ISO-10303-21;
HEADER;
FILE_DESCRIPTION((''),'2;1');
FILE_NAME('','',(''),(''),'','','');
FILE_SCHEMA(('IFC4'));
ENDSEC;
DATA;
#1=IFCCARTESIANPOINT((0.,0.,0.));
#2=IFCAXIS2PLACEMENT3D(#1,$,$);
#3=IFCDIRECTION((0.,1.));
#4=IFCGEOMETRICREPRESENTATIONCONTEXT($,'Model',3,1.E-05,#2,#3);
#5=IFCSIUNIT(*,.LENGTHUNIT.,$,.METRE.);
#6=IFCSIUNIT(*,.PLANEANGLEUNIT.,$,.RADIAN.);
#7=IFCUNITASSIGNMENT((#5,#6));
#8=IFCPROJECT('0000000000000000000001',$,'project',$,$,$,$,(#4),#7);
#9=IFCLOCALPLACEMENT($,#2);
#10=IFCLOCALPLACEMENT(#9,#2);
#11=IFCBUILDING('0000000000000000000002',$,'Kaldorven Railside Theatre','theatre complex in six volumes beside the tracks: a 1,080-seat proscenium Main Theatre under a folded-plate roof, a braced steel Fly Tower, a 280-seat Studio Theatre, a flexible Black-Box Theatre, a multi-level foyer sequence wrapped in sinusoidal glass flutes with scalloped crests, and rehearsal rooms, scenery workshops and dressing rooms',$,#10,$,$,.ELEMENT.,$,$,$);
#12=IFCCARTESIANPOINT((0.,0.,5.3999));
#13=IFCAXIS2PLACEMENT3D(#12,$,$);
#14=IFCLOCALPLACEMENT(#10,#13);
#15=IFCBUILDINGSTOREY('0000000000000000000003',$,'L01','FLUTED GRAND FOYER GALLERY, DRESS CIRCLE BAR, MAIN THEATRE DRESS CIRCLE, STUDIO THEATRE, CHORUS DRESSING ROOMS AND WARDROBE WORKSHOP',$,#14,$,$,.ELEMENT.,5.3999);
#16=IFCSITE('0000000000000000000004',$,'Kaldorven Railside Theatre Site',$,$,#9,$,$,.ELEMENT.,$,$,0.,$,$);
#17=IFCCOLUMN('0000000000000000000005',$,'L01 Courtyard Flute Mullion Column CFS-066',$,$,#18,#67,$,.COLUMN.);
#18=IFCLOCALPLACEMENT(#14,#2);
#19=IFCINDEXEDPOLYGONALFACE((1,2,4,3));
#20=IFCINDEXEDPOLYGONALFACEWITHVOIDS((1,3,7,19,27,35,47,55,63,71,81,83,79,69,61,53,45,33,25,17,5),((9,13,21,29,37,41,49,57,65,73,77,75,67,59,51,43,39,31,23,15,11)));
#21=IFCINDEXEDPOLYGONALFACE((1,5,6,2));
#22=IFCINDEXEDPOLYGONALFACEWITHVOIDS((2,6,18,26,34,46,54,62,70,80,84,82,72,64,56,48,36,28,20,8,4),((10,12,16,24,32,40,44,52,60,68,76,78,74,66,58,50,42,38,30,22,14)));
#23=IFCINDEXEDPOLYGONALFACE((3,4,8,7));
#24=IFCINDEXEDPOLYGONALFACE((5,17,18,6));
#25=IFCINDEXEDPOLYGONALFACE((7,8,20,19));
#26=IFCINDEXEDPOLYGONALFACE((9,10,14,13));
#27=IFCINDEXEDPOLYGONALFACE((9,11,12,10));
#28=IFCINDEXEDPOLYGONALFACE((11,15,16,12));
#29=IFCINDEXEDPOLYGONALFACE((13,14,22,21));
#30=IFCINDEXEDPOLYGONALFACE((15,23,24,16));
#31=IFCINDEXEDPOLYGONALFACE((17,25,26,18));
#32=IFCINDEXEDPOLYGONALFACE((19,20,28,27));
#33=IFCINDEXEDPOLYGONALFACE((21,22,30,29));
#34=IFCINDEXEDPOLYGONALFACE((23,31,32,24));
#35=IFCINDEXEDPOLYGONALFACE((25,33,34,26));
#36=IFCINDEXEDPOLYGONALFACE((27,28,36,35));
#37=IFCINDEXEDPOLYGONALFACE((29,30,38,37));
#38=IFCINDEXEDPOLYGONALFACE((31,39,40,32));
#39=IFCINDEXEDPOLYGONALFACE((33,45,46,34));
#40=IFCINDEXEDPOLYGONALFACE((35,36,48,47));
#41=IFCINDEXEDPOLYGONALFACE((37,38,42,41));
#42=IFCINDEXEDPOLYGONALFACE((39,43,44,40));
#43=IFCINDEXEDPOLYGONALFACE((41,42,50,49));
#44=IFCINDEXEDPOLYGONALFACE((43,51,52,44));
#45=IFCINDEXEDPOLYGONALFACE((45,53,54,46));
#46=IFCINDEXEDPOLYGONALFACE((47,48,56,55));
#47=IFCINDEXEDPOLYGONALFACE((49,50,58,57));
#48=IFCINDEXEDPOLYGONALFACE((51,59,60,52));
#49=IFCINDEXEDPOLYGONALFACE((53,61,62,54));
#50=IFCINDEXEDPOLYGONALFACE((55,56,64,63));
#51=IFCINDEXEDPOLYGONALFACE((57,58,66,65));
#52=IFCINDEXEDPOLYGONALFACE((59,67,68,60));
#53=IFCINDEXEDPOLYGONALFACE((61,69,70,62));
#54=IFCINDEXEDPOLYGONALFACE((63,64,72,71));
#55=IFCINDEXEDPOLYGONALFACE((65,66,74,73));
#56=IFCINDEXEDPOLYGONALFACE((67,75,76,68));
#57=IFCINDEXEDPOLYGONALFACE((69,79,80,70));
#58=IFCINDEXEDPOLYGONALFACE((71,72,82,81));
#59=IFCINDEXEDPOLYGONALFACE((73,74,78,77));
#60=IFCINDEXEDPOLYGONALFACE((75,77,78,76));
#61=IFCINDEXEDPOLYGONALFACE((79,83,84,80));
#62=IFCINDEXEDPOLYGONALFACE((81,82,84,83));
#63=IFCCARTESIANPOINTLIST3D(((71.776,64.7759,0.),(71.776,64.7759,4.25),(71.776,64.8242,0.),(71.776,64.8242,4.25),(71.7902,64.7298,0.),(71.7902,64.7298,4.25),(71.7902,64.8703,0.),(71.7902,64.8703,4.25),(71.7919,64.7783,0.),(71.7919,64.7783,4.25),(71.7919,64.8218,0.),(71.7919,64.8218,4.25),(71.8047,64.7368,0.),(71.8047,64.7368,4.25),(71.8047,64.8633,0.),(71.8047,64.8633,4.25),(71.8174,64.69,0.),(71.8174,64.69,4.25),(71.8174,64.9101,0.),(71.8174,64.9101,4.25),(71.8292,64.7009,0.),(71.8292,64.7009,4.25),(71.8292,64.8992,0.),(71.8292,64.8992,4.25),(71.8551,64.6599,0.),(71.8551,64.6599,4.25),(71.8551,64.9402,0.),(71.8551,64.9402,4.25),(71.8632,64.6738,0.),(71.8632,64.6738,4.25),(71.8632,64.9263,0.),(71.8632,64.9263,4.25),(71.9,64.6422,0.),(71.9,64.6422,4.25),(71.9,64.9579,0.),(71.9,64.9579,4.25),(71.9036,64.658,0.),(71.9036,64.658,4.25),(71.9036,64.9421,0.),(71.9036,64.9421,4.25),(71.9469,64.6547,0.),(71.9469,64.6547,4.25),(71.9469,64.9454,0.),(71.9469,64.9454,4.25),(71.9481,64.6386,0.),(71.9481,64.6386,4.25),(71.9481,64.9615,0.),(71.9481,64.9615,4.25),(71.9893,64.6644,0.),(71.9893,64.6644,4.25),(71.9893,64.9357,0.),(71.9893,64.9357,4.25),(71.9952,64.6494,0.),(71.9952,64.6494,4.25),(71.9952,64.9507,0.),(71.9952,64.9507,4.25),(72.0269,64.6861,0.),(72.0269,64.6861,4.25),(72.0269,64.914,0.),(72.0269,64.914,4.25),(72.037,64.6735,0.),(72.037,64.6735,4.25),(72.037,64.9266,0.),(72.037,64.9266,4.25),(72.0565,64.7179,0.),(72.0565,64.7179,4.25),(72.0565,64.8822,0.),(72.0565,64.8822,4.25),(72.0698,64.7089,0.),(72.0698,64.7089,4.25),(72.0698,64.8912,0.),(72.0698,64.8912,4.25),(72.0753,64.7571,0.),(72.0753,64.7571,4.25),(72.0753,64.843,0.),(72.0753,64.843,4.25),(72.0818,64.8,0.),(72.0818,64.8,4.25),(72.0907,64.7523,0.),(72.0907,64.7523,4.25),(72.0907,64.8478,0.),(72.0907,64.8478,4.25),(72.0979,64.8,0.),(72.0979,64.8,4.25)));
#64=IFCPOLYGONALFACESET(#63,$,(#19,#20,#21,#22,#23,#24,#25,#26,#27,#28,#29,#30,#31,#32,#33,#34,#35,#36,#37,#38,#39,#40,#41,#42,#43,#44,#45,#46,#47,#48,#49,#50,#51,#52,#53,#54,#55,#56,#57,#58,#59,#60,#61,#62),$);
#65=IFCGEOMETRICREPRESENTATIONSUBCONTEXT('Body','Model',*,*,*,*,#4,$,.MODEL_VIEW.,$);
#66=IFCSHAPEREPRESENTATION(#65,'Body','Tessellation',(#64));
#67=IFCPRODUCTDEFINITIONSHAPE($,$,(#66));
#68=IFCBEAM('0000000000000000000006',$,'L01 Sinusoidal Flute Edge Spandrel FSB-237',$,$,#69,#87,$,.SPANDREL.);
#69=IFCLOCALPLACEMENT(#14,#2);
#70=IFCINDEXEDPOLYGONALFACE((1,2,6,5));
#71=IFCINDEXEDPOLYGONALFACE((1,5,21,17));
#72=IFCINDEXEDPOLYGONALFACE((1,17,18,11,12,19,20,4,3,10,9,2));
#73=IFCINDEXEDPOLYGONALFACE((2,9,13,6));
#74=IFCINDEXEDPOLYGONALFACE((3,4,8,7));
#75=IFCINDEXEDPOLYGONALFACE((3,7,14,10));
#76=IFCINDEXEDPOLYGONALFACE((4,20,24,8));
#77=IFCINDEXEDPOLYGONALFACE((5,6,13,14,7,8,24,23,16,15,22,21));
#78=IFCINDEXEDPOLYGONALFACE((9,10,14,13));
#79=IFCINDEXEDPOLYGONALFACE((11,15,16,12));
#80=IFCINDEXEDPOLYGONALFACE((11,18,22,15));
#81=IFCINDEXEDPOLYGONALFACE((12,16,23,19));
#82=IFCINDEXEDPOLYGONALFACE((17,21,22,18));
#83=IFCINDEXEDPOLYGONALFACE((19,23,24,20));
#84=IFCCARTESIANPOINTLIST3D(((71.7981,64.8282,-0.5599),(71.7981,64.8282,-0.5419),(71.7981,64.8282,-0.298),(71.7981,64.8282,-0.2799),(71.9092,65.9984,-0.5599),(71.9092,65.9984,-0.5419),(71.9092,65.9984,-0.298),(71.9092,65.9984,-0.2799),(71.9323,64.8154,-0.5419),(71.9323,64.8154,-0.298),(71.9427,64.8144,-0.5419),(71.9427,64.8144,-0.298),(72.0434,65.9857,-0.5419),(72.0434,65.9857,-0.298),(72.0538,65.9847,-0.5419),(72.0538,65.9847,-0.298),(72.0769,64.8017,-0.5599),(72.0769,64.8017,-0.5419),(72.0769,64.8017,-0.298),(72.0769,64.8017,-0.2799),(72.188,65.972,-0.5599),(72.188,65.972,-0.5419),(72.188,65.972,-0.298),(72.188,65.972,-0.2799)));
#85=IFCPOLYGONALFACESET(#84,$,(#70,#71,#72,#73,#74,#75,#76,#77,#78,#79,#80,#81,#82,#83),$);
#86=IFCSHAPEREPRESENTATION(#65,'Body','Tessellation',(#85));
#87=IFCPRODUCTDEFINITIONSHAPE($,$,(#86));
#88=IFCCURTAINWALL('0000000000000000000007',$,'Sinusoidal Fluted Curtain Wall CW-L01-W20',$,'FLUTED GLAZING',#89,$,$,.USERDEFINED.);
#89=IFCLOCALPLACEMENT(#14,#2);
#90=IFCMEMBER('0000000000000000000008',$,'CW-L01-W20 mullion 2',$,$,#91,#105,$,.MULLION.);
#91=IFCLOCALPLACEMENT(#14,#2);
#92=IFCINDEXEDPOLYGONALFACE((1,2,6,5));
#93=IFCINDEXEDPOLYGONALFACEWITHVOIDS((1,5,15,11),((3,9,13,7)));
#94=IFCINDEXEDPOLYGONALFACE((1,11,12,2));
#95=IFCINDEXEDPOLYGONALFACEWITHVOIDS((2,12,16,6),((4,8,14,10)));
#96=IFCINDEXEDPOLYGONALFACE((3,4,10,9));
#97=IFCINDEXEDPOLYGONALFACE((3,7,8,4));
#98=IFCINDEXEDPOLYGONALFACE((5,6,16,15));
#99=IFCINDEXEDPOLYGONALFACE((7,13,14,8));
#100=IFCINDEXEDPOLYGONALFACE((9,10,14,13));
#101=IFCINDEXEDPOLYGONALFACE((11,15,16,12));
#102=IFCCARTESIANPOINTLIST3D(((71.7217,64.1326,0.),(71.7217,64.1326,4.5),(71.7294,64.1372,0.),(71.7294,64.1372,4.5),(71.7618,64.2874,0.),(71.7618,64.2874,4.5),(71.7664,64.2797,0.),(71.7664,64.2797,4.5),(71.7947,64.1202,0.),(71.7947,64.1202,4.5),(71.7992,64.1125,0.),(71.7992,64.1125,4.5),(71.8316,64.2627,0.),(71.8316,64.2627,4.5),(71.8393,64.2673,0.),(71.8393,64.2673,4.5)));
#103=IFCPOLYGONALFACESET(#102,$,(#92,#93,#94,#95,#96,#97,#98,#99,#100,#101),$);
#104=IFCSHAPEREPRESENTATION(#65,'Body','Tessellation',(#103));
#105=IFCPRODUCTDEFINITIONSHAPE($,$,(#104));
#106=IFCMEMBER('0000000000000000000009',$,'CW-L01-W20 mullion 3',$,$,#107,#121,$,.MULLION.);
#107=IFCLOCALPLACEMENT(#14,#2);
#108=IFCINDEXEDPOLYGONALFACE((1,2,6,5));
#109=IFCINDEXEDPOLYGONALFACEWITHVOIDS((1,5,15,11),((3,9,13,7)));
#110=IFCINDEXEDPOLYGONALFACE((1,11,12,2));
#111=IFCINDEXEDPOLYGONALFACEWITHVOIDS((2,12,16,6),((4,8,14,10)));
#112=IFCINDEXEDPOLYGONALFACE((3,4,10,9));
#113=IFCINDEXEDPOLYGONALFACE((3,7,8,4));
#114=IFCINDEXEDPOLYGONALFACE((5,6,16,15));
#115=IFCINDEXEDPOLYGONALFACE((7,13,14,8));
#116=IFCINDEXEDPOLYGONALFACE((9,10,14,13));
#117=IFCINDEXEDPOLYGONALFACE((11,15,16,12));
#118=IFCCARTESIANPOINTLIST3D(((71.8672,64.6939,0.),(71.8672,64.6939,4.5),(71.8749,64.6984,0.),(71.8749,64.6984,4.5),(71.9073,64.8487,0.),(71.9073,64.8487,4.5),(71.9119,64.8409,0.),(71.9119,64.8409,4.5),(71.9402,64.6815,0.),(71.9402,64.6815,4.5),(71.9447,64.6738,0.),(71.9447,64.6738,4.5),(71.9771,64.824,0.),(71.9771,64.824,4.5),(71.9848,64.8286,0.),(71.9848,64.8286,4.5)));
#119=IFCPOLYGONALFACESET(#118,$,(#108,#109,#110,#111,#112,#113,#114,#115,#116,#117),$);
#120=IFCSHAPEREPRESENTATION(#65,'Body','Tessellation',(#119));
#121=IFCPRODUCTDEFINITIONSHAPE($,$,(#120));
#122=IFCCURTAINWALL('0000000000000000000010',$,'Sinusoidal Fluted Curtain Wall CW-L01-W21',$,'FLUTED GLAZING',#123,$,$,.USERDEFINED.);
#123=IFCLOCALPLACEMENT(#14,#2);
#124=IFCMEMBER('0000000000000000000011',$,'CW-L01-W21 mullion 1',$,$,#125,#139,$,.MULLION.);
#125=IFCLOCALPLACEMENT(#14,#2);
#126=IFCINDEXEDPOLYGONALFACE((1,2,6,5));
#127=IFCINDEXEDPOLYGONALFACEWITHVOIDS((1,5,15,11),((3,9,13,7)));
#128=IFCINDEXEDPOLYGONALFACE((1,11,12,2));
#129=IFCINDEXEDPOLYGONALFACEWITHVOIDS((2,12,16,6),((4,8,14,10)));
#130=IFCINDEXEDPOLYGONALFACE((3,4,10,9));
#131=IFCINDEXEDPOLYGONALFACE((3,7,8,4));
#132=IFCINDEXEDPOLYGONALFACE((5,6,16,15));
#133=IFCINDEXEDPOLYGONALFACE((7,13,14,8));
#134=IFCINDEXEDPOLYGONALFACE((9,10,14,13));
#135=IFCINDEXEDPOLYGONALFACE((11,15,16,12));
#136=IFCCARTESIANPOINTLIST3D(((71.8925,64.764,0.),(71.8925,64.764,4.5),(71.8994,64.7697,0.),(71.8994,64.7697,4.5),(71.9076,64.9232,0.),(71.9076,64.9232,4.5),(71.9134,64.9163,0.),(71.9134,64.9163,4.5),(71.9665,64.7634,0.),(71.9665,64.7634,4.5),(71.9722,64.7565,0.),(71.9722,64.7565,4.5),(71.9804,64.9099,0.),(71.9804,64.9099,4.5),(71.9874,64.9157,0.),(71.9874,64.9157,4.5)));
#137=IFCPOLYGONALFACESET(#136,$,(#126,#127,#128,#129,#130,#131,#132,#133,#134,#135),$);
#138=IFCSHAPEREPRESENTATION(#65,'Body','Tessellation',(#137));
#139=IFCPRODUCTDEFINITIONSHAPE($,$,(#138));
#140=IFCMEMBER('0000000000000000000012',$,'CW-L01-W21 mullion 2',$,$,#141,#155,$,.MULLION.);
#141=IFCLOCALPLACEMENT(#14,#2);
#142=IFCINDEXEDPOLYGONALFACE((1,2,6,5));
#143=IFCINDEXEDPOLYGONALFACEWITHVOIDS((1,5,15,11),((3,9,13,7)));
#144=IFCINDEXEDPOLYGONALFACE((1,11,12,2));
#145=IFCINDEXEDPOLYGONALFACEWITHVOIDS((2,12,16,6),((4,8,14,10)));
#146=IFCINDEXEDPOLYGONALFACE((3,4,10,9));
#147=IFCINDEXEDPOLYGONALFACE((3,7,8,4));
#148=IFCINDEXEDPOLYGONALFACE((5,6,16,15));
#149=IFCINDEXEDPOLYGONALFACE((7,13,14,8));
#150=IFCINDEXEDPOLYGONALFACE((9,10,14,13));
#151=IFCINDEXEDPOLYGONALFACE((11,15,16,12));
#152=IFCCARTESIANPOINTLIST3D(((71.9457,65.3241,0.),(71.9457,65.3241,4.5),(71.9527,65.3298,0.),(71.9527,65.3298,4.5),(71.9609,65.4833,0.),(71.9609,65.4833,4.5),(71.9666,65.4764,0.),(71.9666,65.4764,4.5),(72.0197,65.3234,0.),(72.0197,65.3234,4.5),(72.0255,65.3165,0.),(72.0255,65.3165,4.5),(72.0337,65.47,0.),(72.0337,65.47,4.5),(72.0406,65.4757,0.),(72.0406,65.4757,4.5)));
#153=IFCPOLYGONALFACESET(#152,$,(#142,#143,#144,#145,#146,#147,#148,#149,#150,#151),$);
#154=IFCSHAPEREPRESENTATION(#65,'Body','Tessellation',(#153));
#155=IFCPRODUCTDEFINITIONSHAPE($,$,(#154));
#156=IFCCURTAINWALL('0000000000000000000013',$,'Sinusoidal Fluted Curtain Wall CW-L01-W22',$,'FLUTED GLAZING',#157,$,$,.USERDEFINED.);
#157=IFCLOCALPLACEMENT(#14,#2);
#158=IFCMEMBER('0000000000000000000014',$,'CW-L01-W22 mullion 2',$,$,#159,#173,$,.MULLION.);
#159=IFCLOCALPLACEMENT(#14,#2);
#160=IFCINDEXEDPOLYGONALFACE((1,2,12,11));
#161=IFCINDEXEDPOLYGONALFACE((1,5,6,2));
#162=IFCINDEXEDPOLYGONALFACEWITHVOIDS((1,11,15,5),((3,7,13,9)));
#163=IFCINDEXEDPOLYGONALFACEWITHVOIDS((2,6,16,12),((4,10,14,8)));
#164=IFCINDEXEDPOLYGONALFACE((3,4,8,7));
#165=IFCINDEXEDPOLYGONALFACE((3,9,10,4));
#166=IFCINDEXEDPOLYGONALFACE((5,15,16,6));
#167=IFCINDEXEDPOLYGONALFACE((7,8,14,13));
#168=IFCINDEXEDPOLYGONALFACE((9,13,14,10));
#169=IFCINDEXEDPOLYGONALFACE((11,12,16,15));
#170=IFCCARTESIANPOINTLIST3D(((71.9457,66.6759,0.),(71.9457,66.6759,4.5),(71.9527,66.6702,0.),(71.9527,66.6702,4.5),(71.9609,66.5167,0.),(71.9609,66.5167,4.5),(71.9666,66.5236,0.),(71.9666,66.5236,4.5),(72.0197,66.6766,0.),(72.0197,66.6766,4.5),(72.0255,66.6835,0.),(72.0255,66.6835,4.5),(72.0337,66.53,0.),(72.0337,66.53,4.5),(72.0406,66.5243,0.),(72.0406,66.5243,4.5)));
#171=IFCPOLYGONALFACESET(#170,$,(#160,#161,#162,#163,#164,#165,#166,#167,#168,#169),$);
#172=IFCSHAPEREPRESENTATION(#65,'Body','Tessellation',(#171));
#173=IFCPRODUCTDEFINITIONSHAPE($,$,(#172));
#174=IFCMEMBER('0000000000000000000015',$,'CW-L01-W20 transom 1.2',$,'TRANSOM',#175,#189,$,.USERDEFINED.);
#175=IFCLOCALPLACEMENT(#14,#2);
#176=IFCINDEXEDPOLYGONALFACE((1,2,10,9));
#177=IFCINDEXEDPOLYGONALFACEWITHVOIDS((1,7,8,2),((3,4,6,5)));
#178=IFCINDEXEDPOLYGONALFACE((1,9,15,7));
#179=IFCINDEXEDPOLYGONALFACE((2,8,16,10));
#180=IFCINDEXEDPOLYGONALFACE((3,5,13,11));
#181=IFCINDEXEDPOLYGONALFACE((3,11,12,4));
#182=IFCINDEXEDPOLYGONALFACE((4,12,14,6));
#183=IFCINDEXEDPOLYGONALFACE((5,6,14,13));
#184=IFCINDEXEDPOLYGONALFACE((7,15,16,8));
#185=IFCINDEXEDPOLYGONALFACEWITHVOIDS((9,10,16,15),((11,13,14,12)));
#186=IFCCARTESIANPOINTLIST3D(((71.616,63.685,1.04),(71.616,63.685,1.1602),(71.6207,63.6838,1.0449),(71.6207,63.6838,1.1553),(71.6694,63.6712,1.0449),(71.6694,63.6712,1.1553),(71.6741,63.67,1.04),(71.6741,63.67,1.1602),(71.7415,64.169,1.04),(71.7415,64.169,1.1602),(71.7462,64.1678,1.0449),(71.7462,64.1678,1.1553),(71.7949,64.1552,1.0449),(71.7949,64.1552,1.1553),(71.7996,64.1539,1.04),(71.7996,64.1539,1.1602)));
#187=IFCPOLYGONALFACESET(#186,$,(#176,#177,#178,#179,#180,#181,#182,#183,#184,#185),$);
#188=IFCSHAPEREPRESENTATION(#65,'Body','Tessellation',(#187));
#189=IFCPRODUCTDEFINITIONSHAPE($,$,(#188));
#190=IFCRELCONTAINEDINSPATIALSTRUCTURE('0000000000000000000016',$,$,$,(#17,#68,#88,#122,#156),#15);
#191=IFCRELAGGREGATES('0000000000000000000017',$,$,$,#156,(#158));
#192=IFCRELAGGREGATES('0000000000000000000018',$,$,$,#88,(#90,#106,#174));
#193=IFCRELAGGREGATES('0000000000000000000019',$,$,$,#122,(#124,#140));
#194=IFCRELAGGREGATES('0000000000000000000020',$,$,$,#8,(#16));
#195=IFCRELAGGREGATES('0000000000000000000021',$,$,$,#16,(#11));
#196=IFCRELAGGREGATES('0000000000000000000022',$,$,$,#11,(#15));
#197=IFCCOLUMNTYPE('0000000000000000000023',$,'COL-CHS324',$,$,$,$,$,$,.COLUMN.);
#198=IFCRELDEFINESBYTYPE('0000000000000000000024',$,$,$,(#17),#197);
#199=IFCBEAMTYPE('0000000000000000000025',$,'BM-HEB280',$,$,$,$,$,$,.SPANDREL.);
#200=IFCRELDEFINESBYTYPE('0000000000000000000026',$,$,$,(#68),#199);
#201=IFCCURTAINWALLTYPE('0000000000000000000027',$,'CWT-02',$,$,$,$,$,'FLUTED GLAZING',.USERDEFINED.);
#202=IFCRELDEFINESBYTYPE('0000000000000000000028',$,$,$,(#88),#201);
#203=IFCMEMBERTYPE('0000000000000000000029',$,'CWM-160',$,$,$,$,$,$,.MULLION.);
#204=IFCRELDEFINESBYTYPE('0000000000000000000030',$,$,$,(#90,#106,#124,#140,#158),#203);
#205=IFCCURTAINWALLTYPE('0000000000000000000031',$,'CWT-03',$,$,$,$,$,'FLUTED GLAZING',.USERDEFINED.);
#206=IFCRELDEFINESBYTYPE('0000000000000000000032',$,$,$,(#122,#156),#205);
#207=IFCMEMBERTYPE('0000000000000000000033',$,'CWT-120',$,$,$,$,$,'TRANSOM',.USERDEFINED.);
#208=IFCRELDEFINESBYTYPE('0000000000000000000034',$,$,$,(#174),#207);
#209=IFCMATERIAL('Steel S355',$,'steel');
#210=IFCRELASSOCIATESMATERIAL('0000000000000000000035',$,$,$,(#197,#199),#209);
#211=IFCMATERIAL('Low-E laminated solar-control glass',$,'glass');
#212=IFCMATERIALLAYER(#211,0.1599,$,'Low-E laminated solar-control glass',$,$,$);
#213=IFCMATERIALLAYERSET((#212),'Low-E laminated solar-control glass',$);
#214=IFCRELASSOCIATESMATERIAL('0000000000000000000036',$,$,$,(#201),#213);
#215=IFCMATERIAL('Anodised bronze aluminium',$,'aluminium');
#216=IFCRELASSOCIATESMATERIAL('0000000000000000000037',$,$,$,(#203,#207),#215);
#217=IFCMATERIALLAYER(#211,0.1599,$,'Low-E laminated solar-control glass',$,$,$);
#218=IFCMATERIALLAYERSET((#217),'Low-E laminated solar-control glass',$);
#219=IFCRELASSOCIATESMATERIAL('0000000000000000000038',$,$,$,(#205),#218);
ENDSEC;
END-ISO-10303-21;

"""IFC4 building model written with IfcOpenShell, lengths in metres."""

from ifc_helpers import new_model, si_unit, direction, frame, origin, origin_2d, place, context, subcontext, project, spatial, hollow_rectangle, hollow_circle, i_section, extrude, material, layer, layer_set, material_profile, profile_set, type_object, element, aggregate, save


model = new_model("IFC4")

# Units and contexts
model_context = context("Model", 3, precision=1e-05, world=origin(), true_north=direction((0.0, 1.0)))
body_context = subcontext(model_context, "Body", "Model", "MODEL_VIEW")
ifc_project = project(units=[si_unit("LENGTHUNIT", "METRE"), si_unit("PLANEANGLEUNIT", "RADIAN")], contexts=[model_context])

# Site, building, storey
site_placement = place(None, origin())
site = spatial("IfcSite", under=ifc_project, at=site_placement, Name="Kaldorven Railside Theatre Site", CompositionType="ELEMENT", RefElevation=0.0)
building_placement = place(site_placement, origin())
building = spatial("IfcBuilding", under=site, at=building_placement, Name="Kaldorven Railside Theatre", Description="theatre complex in six volumes beside the tracks: a 1,080-seat proscenium Main Theatre under a folded-plate roof, a braced steel Fly Tower, a 280-seat Studio Theatre, a flexible Black-Box Theatre, a multi-level foyer sequence wrapped in sinusoidal glass flutes with scalloped crests, and rehearsal rooms, scenery workshops and dressing rooms", CompositionType="ELEMENT")
storey_placement = place(building_placement, frame((0.0, 0.0, 5.3999)))
storey = spatial("IfcBuildingStorey", under=building, at=storey_placement, Name="L01", Description="FLUTED GRAND FOYER GALLERY, DRESS CIRCLE BAR, MAIN THEATRE DRESS CIRCLE, STUDIO THEATRE, CHORUS DRESSING ROOMS AND WARDROBE WORKSHOP", CompositionType="ELEMENT", Elevation=5.3999)

# Column
ifc_material_1 = material(Name="Steel S355", Category="steel")
ifc_material_profile_1 = material_profile(ifc_material_1, hollow_circle(Radius=0.1619, WallThickness=0.0161, at=origin_2d()), Name="CHS 323.9x16")
ifc_profile_set_1 = profile_set([ifc_material_profile_1], Name="Steel S355")
column_type = type_object("IfcColumnType", Name="COL-CHS324", PredefinedType="COLUMN", material=ifc_profile_set_1)
column_placement = place(storey_placement, frame((71.936, 64.8, 0.0), z_axis=(0.0, 0.0, 1.0), x_axis=(1.0, 0.0, 0.0)))
element("IfcColumn", 1, at=column_placement, inside=storey, type_object=column_type, Name="L01 Courtyard Flute Mullion Column CFS-066", PredefinedType="COLUMN", context=body_context, shape_type="SweptSolid", body=[
    extrude(hollow_circle(Radius=0.1619, WallThickness=0.0161, at=origin_2d()), origin(), (0.0, 0.0, 1.0), 4.25),
])

# Beam
ifc_material_profile_2 = material_profile(ifc_material_1, i_section(OverallWidth=0.28, OverallDepth=0.28, WebThickness=0.0105, FlangeThickness=0.0181, at=origin_2d()), Name="HEB 280")
ifc_profile_set_2 = profile_set([ifc_material_profile_2], Name="Steel S355")
beam_type = type_object("IfcBeamType", Name="BM-HEB280", PredefinedType="SPANDREL", material=ifc_profile_set_2)
beam_placement = place(storey_placement, frame((71.9375, 64.8149, -0.4199), z_axis=(0.094505, 0.995524, 0.0), x_axis=(-0.995524, 0.094505, 0.0)))
element("IfcBeam", 2, at=beam_placement, inside=storey, type_object=beam_type, Name="L01 Sinusoidal Flute Edge Spandrel FSB-237", PredefinedType="SPANDREL", context=body_context, shape_type="SweptSolid", body=[
    extrude(i_section(OverallWidth=0.28, OverallDepth=0.28, WebThickness=0.0105, FlangeThickness=0.0181, at=origin_2d()), origin(), (0.0, 0.0, 1.0), 1.1755),
])

# Curtain walls, members
ifc_material_2 = material(Name="Low-E laminated solar-control glass", Category="glass")
ifc_layer_1 = layer(ifc_material_2, 0.1599, Name="Low-E laminated solar-control glass")
ifc_layer_set_1 = layer_set([ifc_layer_1], Name="Low-E laminated solar-control glass")
curtain_wall_type_1 = type_object("IfcCurtainWallType", Name="CWT-02", ElementType="FLUTED GLAZING", PredefinedType="USERDEFINED", material=ifc_layer_set_1)
curtain_wall_1_placement = place(storey_placement, origin())
curtain_wall_1 = element("IfcCurtainWall", 3, at=curtain_wall_1_placement, inside=storey, type_object=curtain_wall_type_1, Name="Sinusoidal Fluted Curtain Wall CW-L01-W20", ObjectType="FLUTED GLAZING", PredefinedType="USERDEFINED")
ifc_material_3 = material(Name="Anodised bronze aluminium", Category="aluminium")
ifc_material_profile_3 = material_profile(ifc_material_3, hollow_rectangle(XDim=0.0801, YDim=0.1599, WallThickness=0.0063, at=origin_2d()), Name="RHS 160x80x6.3")
ifc_profile_set_3 = profile_set([ifc_material_profile_3], Name="Anodised bronze aluminium")
member_type_1 = type_object("IfcMemberType", Name="CWM-160", PredefinedType="MULLION", material=ifc_profile_set_3)
member_1_placement = place(storey_placement, frame((71.7805, 64.2, 0.0), z_axis=(0.0, 0.0, 1.0), x_axis=(-0.967999, 0.250954, 0.0)))
member_1 = element("IfcMember", 4, at=member_1_placement, type_object=member_type_1, Name="CW-L01-W20 mullion 2", PredefinedType="MULLION", context=body_context, shape_type="SweptSolid", body=[
    extrude(hollow_rectangle(XDim=0.0801, YDim=0.1599, WallThickness=0.0063, at=origin_2d()), origin(), (0.0, 0.0, 1.0), 4.5),
])
member_2_placement = place(storey_placement, frame((71.926, 64.7612, 0.0), z_axis=(0.0, 0.0, 1.0), x_axis=(-0.967999, 0.250954, 0.0)))
member_2 = element("IfcMember", 5, at=member_2_placement, type_object=member_type_1, Name="CW-L01-W20 mullion 3", PredefinedType="MULLION", context=body_context, shape_type="SweptSolid", body=[
    extrude(hollow_rectangle(XDim=0.0801, YDim=0.1599, WallThickness=0.0063, at=origin_2d()), origin(), (0.0, 0.0, 1.0), 4.5),
])
ifc_layer_2 = layer(ifc_material_2, 0.1599, Name="Low-E laminated solar-control glass")
ifc_layer_set_2 = layer_set([ifc_layer_2], Name="Low-E laminated solar-control glass")
curtain_wall_type_2 = type_object("IfcCurtainWallType", Name="CWT-03", ElementType="FLUTED GLAZING", PredefinedType="USERDEFINED", material=ifc_layer_set_2)
curtain_wall_2_placement = place(storey_placement, origin())
curtain_wall_2 = element("IfcCurtainWall", 6, at=curtain_wall_2_placement, inside=storey, type_object=curtain_wall_type_2, Name="Sinusoidal Fluted Curtain Wall CW-L01-W21", ObjectType="FLUTED GLAZING", PredefinedType="USERDEFINED")
member_3_placement = place(storey_placement, frame((71.9399, 64.8398, 0.0), z_axis=(0.0, 0.0, 1.0), x_axis=(-0.995526, 0.094492, 0.0)))
member_3 = element("IfcMember", 7, at=member_3_placement, type_object=member_type_1, Name="CW-L01-W21 mullion 1", PredefinedType="MULLION", context=body_context, shape_type="SweptSolid", body=[
    extrude(hollow_rectangle(XDim=0.0801, YDim=0.1599, WallThickness=0.0063, at=origin_2d()), origin(), (0.0, 0.0, 1.0), 4.5),
])
member_4_placement = place(storey_placement, frame((71.9932, 65.3999, 0.0), z_axis=(0.0, 0.0, 1.0), x_axis=(-0.995526, 0.094492, 0.0)))
member_4 = element("IfcMember", 8, at=member_4_placement, type_object=member_type_1, Name="CW-L01-W21 mullion 2", PredefinedType="MULLION", context=body_context, shape_type="SweptSolid", body=[
    extrude(hollow_rectangle(XDim=0.0801, YDim=0.1599, WallThickness=0.0063, at=origin_2d()), origin(), (0.0, 0.0, 1.0), 4.5),
])

# Curtain wall, member
curtain_wall_3_placement = place(storey_placement, origin())
curtain_wall_3 = element("IfcCurtainWall", 9, at=curtain_wall_3_placement, inside=storey, type_object=curtain_wall_type_2, Name="Sinusoidal Fluted Curtain Wall CW-L01-W22", ObjectType="FLUTED GLAZING", PredefinedType="USERDEFINED")
member_5_placement = place(storey_placement, frame((71.9932, 66.6001, 0.0), z_axis=(0.0, 0.0, 1.0), x_axis=(-0.995526, -0.094492, 0.0)))
member_5 = element("IfcMember", 10, at=member_5_placement, type_object=member_type_1, Name="CW-L01-W22 mullion 2", PredefinedType="MULLION", context=body_context, shape_type="SweptSolid", body=[
    extrude(hollow_rectangle(XDim=0.0801, YDim=0.1599, WallThickness=0.0063, at=origin_2d()), origin(), (0.0, 0.0, 1.0), 4.5),
])

# Member
ifc_material_profile_4 = material_profile(ifc_material_3, hollow_rectangle(XDim=0.0601, YDim=0.1201, WallThickness=0.0049, at=origin_2d()), Name="RHS 120x60x5")
ifc_profile_set_4 = profile_set([ifc_material_profile_4], Name="Anodised bronze aluminium")
member_type_2 = type_object("IfcMemberType", Name="CWT-120", ElementType="TRANSOM", PredefinedType="USERDEFINED", material=ifc_profile_set_4)
member_6_placement = place(storey_placement, frame((71.645, 63.6775, 1.1001), z_axis=(0.25103, 0.967979, 0.0), x_axis=(-0.967979, 0.25103, 0.0)))
member_6 = element("IfcMember", 11, at=member_6_placement, type_object=member_type_2, Name="CW-L01-W20 transom 1.2", ObjectType="TRANSOM", PredefinedType="USERDEFINED", context=body_context, shape_type="SweptSolid", body=[
    extrude(hollow_rectangle(XDim=0.0601, YDim=0.1201, WallThickness=0.0049, at=origin_2d()), origin(), (0.0, 0.0, 1.0), 0.5),
])
aggregate(curtain_wall_3, [member_5])

aggregate(curtain_wall_1, [member_1, member_2, member_6])
aggregate(curtain_wall_2, [member_3, member_4])

save(model, "model.ifc")
